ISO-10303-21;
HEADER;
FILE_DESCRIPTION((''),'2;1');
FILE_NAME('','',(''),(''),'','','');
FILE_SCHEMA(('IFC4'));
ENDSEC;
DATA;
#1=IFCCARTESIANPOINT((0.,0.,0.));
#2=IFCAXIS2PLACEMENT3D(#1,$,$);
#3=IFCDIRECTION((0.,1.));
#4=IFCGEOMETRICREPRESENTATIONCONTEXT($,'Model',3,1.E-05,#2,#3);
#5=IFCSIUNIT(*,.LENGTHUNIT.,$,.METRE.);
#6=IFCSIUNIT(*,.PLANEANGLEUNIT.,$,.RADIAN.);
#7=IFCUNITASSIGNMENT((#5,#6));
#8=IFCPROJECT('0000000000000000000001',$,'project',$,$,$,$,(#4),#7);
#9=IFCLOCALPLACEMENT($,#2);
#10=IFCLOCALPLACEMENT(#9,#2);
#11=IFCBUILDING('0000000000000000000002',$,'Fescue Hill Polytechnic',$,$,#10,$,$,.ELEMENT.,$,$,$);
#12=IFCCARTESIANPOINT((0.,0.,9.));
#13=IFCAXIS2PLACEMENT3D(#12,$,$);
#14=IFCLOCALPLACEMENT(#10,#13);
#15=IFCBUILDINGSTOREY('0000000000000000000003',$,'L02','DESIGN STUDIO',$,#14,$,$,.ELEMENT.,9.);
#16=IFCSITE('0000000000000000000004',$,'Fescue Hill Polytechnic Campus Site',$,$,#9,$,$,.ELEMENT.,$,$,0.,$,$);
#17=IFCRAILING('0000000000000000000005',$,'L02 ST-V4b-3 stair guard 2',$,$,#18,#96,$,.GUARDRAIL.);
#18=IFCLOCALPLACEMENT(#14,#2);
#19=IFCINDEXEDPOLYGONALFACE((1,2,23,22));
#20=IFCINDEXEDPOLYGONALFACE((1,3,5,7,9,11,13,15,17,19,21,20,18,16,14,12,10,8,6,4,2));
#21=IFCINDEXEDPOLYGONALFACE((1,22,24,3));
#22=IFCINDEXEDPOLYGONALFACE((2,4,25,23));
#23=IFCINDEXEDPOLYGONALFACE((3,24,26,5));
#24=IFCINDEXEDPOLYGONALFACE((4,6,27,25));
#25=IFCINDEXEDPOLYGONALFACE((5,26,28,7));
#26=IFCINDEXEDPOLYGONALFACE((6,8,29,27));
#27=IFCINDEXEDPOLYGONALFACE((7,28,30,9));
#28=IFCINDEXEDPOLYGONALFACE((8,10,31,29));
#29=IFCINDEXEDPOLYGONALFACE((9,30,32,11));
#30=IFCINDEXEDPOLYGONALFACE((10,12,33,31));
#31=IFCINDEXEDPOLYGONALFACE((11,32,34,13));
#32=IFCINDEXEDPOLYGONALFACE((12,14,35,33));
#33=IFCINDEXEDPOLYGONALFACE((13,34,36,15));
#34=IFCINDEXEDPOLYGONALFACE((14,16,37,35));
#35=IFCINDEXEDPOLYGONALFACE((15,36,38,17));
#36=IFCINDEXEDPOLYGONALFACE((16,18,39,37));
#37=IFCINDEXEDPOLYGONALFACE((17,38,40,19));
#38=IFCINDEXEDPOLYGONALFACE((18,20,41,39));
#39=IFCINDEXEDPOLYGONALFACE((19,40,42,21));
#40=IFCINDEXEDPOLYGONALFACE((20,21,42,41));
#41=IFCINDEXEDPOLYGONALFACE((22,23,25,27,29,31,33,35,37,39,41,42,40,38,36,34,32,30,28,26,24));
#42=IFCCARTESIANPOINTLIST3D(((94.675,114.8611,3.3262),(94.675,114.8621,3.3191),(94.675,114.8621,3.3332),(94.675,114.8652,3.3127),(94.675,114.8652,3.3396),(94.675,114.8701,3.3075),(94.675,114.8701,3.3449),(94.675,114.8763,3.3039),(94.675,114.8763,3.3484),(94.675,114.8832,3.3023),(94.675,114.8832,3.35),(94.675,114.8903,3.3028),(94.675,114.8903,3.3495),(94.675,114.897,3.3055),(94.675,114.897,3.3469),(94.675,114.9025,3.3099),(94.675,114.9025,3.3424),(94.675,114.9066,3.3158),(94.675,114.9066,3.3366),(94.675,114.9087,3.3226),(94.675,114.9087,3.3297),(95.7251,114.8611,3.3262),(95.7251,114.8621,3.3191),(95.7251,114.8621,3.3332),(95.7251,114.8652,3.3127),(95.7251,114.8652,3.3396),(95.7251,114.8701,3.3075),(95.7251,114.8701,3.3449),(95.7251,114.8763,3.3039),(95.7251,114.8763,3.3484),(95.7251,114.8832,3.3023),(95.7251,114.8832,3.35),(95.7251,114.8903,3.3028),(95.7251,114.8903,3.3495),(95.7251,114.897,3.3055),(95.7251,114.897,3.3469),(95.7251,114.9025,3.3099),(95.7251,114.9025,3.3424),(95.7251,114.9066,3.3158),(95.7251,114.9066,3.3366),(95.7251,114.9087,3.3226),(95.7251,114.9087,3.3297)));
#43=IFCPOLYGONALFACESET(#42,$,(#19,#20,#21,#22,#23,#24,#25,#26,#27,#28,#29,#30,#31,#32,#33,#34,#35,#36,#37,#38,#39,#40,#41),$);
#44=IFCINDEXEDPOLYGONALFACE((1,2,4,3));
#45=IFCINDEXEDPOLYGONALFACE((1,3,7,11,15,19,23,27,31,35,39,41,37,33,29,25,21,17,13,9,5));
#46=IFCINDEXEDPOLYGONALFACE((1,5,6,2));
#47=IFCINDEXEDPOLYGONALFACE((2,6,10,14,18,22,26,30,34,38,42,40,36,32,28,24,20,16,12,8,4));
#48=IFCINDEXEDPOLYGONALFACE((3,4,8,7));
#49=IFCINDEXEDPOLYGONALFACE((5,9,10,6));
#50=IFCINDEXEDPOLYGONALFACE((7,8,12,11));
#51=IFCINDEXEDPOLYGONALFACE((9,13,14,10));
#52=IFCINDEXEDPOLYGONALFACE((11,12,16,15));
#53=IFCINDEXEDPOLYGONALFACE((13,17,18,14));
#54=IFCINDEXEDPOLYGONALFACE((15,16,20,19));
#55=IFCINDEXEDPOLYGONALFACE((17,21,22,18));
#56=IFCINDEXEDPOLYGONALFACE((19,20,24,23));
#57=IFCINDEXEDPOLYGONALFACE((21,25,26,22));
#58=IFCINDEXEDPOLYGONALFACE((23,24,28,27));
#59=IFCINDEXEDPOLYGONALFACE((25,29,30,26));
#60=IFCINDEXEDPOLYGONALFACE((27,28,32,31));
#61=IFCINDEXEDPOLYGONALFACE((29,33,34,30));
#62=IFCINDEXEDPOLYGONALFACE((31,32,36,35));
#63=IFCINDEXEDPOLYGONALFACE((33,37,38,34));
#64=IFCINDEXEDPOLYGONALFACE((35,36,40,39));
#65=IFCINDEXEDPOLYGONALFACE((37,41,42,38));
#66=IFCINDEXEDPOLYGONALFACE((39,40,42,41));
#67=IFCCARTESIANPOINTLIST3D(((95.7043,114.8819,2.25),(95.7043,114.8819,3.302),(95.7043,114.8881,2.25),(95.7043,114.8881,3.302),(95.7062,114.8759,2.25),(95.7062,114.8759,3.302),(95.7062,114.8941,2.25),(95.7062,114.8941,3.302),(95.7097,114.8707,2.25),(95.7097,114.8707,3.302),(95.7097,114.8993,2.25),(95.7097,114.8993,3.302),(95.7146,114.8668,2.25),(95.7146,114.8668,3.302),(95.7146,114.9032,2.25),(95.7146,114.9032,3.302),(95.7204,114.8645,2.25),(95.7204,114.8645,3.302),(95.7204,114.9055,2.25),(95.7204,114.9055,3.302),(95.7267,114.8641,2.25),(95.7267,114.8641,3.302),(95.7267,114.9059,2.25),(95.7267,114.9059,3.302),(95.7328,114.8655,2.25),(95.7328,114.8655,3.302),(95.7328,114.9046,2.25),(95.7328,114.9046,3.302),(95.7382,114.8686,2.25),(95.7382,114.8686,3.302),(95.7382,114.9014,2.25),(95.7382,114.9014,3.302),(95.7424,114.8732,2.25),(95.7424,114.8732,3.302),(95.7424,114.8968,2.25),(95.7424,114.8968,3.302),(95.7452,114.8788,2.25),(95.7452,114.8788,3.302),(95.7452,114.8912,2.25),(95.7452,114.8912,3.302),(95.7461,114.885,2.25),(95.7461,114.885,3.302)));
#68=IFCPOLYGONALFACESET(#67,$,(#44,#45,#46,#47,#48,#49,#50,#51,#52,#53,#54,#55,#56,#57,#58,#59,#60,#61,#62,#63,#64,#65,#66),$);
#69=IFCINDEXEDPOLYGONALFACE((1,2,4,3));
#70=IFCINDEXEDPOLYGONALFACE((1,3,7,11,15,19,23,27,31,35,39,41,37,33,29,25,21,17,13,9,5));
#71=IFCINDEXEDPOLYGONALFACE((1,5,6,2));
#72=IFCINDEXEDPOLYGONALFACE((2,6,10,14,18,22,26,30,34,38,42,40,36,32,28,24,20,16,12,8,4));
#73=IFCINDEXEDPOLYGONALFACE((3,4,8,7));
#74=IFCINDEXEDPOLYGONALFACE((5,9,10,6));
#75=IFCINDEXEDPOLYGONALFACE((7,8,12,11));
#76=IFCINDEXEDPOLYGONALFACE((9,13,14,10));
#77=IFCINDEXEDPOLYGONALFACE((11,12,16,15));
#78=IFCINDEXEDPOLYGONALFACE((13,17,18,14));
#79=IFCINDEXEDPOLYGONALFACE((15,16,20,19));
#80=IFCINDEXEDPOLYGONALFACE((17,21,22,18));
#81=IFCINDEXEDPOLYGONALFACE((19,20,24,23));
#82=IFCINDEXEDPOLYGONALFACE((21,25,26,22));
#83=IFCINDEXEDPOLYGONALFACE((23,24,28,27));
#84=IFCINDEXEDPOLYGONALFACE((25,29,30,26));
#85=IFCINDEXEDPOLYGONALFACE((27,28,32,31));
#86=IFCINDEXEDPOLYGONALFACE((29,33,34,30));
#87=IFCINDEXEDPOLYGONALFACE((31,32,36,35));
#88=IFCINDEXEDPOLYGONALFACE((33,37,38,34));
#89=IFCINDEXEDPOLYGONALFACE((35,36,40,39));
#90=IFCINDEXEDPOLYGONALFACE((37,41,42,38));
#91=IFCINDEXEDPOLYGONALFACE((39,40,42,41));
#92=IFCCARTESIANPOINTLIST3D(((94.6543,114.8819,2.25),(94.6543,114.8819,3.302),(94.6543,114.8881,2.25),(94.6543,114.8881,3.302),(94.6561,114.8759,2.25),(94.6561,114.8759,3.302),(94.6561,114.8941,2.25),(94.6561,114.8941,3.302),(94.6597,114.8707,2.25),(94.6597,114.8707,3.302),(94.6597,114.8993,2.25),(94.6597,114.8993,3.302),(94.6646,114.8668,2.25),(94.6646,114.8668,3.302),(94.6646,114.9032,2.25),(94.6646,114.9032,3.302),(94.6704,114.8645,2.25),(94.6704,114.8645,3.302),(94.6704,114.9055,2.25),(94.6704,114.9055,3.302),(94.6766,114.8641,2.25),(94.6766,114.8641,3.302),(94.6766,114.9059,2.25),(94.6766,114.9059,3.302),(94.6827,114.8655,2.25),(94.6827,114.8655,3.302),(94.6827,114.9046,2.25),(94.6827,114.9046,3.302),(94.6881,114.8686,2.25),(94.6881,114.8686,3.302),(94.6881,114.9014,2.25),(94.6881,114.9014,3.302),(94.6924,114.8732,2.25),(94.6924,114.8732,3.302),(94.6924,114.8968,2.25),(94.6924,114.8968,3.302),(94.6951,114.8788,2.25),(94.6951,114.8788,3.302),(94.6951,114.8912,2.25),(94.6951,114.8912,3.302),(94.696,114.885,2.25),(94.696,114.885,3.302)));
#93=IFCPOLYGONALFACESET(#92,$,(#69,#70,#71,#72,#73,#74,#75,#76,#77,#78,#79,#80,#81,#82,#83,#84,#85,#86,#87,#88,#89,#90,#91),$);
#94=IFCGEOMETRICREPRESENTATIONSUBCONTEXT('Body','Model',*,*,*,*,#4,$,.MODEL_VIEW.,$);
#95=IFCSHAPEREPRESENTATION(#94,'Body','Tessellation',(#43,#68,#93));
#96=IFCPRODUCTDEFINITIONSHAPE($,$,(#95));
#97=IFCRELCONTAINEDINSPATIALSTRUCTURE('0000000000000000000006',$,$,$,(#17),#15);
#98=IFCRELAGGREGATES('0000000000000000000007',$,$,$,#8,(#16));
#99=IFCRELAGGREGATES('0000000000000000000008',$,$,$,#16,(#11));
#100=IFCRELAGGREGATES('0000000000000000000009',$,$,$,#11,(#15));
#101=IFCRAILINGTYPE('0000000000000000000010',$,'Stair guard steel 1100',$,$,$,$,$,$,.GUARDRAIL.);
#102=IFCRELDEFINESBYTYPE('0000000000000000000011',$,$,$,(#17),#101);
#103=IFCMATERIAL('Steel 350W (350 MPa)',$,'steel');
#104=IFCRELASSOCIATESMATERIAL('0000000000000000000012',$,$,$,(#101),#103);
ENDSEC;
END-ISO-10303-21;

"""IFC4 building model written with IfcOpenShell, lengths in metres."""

from ifc_helpers import new_model, si_unit, direction, frame, origin, origin_2d, place, context, subcontext, project, spatial, circle, extrude, material, type_object, element, save


model = new_model("IFC4")

# Units and contexts
model_context = context("Model", 3, precision=1e-05, world=origin(), true_north=direction((0.0, 1.0)))
body_context = subcontext(model_context, "Body", "Model", "MODEL_VIEW")
ifc_project = project(units=[si_unit("LENGTHUNIT", "METRE"), si_unit("PLANEANGLEUNIT", "RADIAN")], contexts=[model_context])

# Site, building, storey
site_placement = place(None, origin())
site = spatial("IfcSite", under=ifc_project, at=site_placement, Name="Fescue Hill Polytechnic Campus Site", CompositionType="ELEMENT", RefElevation=0.0)
building_placement = place(site_placement, origin())
building = spatial("IfcBuilding", under=site, at=building_placement, Name="Fescue Hill Polytechnic", CompositionType="ELEMENT")
storey_placement = place(building_placement, frame((0.0, 0.0, 9.0)))
storey = spatial("IfcBuildingStorey", under=building, at=storey_placement, Name="L02", Description="DESIGN STUDIO", CompositionType="ELEMENT", Elevation=9.0)

# Railing
ifc_material_1 = material(Name="Steel 350W (350 MPa)", Category="steel")
railing_type_1 = type_object("IfcRailingType", Name="Stair guard steel 1100", PredefinedType="GUARDRAIL", material=ifc_material_1)
railing_1_placement = place(storey_placement, frame((95.7251, 114.885, 2.25)))
element("IfcRailing", 1, at=railing_1_placement, inside=storey, type_object=railing_type_1, Name="L02 ST-V4b-3 stair guard 2", PredefinedType="GUARDRAIL", context=body_context, shape_type="SweptSolid", body=[
    extrude(circle(Radius=0.0239, at=origin_2d()), frame((0.0, 0.0, 1.0762), z_axis=(-1.0, 0.0, 0.0), x_axis=(0.0, -1.0, 0.0)), (0.0, 0.0, 1.0), 1.05),
    extrude(circle(Radius=0.021, at=origin_2d()), origin(), (0.0, 0.0, 1.0), 1.052),
    extrude(circle(Radius=0.021, at=origin_2d()), frame((-1.05, 0.0, 0.0)), (0.0, 0.0, 1.0), 1.052),
])

save(model, "model.ifc")
